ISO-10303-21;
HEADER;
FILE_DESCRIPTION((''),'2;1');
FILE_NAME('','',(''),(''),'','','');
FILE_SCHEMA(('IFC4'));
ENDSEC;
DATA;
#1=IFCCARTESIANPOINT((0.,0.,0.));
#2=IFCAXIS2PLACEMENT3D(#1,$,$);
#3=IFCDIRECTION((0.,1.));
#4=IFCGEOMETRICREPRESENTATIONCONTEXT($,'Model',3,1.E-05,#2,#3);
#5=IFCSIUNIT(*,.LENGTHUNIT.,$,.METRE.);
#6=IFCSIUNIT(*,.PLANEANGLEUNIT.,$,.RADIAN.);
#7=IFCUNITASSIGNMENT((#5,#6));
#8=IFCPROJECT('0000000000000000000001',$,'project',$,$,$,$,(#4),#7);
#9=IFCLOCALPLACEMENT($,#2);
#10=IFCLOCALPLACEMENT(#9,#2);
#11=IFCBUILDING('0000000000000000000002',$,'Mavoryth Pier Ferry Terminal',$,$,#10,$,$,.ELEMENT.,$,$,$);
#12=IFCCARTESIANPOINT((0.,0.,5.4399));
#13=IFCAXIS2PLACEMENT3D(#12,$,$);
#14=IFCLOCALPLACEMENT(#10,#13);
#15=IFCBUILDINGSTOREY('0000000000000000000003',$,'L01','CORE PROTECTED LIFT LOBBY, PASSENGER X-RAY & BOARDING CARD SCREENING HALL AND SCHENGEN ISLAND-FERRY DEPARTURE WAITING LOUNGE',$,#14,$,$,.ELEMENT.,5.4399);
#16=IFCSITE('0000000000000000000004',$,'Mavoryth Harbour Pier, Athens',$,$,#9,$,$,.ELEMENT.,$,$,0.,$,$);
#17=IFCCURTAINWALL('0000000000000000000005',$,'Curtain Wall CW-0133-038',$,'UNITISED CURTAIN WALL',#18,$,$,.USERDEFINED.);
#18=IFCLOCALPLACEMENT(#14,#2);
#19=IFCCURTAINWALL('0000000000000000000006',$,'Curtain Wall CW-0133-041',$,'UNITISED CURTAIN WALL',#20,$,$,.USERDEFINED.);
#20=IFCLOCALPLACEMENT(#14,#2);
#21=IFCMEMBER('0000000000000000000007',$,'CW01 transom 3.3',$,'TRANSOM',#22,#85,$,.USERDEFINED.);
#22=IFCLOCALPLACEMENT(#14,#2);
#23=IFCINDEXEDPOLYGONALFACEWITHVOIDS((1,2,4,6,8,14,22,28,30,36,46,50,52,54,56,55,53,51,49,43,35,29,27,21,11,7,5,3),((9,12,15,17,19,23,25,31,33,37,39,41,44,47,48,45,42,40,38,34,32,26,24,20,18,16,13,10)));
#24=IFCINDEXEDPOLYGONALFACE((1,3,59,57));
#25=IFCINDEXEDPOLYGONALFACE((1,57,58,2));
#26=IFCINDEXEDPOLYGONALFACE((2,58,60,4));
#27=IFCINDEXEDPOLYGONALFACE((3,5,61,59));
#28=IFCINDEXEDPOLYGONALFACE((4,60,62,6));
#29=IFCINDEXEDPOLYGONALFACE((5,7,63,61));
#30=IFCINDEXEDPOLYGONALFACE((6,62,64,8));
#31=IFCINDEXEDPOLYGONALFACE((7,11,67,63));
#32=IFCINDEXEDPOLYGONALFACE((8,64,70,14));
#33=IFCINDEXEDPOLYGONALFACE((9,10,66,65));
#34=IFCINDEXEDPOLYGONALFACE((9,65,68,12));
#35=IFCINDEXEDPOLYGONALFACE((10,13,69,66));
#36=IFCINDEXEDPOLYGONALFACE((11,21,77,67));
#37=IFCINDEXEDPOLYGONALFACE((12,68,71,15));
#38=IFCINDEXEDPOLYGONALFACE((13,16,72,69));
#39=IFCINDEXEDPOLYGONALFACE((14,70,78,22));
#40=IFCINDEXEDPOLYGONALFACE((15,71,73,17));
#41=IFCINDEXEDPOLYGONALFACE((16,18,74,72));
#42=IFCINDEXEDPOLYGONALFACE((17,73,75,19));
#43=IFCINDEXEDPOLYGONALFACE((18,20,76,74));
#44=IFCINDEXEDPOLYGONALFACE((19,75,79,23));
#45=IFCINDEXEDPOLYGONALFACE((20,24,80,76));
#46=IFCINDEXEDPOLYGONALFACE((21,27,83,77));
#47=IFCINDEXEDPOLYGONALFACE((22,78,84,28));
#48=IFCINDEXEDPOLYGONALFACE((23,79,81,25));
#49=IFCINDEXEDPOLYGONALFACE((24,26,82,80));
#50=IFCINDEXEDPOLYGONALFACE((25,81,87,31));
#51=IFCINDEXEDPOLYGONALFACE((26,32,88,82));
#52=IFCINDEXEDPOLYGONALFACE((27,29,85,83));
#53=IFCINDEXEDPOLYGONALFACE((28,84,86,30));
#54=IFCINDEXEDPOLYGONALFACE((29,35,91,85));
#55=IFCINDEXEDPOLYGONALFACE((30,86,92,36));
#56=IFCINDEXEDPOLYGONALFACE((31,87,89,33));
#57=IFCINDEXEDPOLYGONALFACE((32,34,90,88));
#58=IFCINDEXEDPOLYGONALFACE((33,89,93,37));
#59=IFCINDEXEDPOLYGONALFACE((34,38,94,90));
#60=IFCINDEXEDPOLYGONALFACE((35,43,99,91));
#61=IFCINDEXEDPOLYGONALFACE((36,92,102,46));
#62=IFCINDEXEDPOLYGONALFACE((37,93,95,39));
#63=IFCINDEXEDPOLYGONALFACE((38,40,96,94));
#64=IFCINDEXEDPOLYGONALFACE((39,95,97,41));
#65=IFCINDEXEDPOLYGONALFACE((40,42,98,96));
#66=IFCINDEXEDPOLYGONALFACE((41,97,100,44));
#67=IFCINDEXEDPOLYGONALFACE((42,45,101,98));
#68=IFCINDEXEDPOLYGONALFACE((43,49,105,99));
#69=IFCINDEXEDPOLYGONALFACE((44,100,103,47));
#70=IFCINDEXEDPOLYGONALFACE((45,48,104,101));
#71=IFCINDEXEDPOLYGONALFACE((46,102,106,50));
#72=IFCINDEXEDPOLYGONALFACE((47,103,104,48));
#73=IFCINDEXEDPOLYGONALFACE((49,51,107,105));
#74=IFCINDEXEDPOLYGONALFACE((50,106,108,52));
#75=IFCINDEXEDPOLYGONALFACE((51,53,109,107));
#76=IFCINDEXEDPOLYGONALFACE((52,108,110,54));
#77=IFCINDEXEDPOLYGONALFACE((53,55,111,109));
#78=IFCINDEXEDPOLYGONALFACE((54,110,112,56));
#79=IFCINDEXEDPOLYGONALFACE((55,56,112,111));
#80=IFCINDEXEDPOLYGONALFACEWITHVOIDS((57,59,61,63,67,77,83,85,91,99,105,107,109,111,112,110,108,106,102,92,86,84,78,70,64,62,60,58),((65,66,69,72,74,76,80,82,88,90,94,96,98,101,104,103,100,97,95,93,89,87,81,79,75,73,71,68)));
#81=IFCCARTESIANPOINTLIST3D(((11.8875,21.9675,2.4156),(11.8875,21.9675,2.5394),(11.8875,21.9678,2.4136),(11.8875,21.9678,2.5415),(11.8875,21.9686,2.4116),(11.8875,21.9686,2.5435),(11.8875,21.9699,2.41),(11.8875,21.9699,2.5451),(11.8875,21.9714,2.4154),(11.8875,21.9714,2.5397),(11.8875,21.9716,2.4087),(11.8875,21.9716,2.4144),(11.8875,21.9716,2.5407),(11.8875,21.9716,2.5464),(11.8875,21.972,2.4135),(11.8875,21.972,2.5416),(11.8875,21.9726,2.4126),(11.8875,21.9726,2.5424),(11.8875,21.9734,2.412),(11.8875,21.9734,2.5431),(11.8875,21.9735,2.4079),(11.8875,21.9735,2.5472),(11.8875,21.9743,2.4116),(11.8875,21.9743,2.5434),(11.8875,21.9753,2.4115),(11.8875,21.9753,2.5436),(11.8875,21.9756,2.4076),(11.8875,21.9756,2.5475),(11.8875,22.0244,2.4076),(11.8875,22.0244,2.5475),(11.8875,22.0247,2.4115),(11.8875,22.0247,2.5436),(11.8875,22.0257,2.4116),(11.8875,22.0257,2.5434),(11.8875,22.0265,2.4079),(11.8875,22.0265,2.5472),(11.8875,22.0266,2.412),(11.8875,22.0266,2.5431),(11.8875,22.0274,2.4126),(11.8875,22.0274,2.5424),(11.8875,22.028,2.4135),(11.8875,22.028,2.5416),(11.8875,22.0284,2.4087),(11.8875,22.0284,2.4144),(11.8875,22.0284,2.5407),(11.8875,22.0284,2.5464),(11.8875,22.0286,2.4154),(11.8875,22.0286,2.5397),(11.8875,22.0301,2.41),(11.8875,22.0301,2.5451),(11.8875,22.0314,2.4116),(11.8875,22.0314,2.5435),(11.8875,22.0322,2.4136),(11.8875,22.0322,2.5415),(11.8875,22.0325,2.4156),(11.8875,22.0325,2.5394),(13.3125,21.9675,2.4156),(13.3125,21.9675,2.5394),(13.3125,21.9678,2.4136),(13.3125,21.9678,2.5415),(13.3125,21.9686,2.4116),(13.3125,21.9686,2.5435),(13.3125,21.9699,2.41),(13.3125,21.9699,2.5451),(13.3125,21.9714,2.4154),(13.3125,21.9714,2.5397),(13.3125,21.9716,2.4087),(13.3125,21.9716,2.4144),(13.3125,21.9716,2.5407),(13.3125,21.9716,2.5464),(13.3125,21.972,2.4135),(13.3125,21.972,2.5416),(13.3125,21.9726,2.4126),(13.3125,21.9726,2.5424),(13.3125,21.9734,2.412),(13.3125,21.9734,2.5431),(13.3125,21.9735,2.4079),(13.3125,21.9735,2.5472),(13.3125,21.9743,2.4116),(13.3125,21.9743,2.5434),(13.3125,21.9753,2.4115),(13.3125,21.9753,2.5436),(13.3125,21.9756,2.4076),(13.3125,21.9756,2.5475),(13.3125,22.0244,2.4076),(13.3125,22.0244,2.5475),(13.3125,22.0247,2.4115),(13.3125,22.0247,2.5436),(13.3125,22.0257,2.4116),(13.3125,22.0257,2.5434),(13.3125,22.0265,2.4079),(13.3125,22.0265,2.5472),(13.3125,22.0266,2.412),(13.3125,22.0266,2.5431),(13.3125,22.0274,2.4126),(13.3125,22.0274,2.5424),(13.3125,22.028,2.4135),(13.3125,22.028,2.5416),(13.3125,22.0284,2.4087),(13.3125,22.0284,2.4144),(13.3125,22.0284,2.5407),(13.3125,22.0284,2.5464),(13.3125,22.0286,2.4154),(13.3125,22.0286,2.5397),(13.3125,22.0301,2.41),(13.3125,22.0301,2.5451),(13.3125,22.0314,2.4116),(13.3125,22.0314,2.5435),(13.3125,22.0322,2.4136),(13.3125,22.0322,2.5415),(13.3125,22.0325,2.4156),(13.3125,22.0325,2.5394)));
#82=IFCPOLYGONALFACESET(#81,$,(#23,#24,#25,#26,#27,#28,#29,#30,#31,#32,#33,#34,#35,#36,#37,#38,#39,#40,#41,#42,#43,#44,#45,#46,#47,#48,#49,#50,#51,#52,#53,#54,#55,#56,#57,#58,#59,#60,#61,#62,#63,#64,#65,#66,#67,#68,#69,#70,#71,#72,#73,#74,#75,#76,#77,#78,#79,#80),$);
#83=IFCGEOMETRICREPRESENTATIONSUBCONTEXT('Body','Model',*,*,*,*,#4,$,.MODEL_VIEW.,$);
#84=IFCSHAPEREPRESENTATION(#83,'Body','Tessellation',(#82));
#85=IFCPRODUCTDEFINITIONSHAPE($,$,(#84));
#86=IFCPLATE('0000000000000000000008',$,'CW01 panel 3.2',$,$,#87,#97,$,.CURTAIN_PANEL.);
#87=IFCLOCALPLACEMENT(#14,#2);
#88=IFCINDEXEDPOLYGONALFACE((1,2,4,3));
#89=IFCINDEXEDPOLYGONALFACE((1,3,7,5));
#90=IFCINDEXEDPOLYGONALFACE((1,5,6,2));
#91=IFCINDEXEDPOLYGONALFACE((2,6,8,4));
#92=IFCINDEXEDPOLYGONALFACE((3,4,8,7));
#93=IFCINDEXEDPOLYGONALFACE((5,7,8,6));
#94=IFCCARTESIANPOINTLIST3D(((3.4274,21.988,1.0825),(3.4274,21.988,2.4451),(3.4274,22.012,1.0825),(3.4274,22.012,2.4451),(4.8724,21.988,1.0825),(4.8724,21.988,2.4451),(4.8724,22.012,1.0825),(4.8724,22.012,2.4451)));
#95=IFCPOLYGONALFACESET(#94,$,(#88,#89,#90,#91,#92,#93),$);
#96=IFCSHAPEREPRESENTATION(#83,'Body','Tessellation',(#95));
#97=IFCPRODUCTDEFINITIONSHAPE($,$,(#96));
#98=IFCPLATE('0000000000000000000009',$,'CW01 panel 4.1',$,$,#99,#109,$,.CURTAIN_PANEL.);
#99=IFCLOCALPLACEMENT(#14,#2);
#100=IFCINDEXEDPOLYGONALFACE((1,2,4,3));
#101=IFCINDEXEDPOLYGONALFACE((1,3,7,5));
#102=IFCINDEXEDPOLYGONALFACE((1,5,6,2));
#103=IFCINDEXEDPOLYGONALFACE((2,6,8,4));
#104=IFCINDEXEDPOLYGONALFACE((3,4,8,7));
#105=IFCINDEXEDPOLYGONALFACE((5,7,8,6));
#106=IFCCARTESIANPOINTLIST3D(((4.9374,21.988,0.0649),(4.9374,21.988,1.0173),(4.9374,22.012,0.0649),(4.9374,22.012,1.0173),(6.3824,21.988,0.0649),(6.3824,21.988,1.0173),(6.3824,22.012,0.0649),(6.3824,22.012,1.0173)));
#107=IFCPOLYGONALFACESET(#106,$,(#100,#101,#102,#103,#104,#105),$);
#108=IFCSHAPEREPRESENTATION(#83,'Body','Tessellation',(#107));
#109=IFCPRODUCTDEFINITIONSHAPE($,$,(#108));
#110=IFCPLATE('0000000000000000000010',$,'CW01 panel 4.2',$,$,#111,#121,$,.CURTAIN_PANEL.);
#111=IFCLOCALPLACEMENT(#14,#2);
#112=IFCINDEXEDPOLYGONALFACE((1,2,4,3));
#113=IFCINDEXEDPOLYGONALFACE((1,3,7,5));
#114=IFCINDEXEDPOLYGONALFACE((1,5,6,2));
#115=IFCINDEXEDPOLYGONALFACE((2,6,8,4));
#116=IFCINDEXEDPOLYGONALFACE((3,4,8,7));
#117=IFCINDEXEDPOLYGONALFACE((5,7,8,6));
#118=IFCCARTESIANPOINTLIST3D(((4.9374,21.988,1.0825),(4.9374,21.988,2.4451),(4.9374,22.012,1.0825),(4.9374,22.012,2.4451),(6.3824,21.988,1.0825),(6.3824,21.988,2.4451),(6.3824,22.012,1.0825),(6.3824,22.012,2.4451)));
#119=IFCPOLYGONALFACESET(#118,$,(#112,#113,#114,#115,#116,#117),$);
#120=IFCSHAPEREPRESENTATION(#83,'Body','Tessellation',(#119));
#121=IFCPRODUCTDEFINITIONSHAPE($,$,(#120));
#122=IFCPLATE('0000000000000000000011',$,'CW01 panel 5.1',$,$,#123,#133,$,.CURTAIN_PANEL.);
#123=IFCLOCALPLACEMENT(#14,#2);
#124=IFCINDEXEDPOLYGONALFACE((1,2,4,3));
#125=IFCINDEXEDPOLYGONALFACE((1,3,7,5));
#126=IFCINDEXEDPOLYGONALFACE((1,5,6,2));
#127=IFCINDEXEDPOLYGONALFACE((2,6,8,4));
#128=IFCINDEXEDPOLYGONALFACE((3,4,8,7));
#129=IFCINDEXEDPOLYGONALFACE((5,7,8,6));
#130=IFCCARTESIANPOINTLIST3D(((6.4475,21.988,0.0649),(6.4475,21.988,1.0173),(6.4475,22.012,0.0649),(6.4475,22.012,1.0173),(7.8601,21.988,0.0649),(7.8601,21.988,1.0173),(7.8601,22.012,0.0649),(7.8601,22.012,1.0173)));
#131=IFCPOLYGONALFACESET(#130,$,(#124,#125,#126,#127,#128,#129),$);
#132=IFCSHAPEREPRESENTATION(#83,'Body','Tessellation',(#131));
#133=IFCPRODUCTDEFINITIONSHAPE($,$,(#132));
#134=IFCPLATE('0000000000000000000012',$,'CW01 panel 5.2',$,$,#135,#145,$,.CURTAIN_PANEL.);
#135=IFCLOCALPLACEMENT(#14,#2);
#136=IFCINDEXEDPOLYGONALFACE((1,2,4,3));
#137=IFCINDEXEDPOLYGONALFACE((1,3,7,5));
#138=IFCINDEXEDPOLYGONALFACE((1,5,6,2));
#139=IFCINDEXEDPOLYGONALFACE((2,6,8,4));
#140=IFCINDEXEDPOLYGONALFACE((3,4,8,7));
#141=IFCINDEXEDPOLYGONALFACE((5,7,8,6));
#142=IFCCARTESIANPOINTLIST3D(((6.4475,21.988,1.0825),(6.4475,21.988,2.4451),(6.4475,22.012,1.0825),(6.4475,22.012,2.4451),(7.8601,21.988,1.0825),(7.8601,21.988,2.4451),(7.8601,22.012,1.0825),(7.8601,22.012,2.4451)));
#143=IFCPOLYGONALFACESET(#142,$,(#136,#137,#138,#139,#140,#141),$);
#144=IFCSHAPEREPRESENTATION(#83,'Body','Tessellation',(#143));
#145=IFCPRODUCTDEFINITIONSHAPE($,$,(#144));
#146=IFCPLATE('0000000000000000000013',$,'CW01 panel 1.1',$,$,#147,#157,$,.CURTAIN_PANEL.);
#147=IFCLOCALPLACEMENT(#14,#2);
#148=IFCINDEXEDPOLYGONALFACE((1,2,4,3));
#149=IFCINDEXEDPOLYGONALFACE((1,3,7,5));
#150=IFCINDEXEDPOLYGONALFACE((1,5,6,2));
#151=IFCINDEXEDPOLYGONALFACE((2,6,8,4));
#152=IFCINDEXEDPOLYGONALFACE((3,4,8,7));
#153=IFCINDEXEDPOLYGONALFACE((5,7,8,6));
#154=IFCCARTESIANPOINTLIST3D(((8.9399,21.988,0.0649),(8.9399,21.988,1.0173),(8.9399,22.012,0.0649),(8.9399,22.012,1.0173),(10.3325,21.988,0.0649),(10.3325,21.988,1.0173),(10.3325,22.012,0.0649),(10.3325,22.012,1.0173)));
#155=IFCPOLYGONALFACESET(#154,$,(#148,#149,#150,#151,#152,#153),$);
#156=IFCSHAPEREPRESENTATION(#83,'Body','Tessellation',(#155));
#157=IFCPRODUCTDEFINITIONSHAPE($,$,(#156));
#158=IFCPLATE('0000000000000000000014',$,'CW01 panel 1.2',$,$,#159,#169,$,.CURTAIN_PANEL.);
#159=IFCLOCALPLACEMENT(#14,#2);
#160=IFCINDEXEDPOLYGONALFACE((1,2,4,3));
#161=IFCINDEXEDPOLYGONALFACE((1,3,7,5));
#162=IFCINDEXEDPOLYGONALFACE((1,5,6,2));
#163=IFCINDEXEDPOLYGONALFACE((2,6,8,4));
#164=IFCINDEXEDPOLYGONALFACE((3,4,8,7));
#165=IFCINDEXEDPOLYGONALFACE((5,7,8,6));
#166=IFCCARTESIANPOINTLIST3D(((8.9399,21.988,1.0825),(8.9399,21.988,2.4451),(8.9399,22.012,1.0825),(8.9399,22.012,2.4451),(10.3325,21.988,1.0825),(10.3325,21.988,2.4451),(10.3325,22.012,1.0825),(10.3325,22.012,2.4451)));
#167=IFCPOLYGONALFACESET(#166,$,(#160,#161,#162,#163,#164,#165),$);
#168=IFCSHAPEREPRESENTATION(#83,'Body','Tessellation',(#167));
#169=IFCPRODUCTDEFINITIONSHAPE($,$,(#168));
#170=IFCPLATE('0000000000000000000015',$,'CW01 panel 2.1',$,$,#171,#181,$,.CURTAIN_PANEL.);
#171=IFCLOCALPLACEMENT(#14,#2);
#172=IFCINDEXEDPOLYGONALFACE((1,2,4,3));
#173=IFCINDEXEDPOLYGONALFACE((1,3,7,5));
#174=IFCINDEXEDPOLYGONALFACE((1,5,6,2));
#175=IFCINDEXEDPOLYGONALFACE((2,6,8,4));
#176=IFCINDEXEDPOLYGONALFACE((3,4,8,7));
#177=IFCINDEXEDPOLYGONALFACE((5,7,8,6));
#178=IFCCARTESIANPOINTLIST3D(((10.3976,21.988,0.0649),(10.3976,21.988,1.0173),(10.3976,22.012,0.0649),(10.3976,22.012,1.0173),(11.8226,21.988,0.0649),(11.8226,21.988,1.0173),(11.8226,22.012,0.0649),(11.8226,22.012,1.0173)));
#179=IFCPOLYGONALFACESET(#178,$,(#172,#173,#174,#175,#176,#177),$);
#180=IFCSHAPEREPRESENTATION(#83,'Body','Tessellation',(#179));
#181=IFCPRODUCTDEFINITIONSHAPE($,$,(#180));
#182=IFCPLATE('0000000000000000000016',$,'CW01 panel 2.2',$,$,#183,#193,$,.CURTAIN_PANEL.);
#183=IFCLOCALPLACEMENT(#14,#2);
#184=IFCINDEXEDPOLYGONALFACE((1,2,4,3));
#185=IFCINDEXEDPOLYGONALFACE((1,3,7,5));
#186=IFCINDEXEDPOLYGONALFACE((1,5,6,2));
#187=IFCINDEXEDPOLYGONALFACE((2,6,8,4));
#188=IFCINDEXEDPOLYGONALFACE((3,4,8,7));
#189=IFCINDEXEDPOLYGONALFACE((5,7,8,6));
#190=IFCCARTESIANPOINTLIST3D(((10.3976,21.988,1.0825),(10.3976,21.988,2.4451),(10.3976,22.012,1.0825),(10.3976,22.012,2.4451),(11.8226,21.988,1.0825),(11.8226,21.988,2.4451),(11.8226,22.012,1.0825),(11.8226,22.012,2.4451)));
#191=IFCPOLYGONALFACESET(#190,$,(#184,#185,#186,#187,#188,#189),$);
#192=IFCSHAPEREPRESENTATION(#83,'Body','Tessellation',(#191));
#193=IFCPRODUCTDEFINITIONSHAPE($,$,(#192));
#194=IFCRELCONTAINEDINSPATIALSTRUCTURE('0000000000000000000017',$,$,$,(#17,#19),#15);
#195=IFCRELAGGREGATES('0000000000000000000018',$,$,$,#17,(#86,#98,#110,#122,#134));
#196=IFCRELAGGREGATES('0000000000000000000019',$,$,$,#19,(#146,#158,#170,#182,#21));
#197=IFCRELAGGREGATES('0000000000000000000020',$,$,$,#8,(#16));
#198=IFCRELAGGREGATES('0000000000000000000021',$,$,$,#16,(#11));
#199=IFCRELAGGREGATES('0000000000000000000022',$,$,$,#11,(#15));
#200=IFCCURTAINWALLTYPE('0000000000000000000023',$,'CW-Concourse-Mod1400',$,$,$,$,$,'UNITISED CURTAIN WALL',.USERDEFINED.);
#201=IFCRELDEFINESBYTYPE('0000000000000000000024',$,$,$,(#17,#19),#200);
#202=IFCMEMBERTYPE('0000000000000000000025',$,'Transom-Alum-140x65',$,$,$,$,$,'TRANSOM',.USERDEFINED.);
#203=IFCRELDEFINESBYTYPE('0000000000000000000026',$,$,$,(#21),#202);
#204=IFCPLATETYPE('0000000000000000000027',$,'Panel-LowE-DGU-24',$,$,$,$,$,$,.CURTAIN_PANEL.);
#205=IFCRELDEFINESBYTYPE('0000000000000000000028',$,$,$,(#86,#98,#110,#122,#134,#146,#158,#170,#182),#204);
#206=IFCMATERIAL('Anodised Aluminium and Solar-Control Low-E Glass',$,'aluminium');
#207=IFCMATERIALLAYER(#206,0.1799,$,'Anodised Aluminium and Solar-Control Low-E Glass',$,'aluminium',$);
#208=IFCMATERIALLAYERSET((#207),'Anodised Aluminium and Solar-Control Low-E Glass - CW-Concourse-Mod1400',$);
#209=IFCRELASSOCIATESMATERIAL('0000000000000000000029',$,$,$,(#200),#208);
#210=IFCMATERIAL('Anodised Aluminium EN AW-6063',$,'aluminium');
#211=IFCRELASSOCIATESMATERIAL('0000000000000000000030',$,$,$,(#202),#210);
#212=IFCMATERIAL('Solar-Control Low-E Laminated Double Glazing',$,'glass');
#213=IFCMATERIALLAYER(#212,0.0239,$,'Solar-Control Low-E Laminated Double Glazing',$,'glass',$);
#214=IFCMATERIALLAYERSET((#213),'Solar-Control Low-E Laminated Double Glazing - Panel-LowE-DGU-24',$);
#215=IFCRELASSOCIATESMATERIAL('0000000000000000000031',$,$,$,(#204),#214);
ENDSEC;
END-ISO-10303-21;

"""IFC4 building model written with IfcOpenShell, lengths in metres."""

from ifc_helpers import new_model, si_unit, direction, frame, origin, origin_2d, place, context, subcontext, project, spatial, rectangle, hollow_rectangle, extrude, material, layer, layer_set, material_profile, profile_set, type_object, element, aggregate, save


model = new_model("IFC4")

# Units and contexts
model_context = context("Model", 3, precision=1e-05, world=origin(), true_north=direction((0.0, 1.0)))
body_context = subcontext(model_context, "Body", "Model", "MODEL_VIEW")
ifc_project = project(units=[si_unit("LENGTHUNIT", "METRE"), si_unit("PLANEANGLEUNIT", "RADIAN")], contexts=[model_context])

# Site, building, storey
site_placement = place(None, origin())
site = spatial("IfcSite", under=ifc_project, at=site_placement, Name="Mavoryth Harbour Pier, Athens", CompositionType="ELEMENT", RefElevation=0.0)
building_placement = place(site_placement, origin())
building = spatial("IfcBuilding", under=site, at=building_placement, Name="Mavoryth Pier Ferry Terminal", CompositionType="ELEMENT")
storey_placement = place(building_placement, frame((0.0, 0.0, 5.4399)))
storey = spatial("IfcBuildingStorey", under=building, at=storey_placement, Name="L01", Description="CORE PROTECTED LIFT LOBBY, PASSENGER X-RAY & BOARDING CARD SCREENING HALL AND SCHENGEN ISLAND-FERRY DEPARTURE WAITING LOUNGE", CompositionType="ELEMENT", Elevation=5.4399)

# Curtain walls
ifc_material_1 = material(Name="Anodised Aluminium and Solar-Control Low-E Glass", Category="aluminium")
ifc_layer_1 = layer(ifc_material_1, 0.1799, Name="Anodised Aluminium and Solar-Control Low-E Glass", Category="aluminium")
ifc_layer_set_1 = layer_set([ifc_layer_1], Name="Anodised Aluminium and Solar-Control Low-E Glass - CW-Concourse-Mod1400")
curtain_wall_type = type_object("IfcCurtainWallType", Name="CW-Concourse-Mod1400", ElementType="UNITISED CURTAIN WALL", PredefinedType="USERDEFINED", material=ifc_layer_set_1)
curtain_wall_1_placement = place(storey_placement, origin())
curtain_wall_1 = element("IfcCurtainWall", 1, at=curtain_wall_1_placement, inside=storey, type_object=curtain_wall_type, Name="Curtain Wall CW-0133-038", ObjectType="UNITISED CURTAIN WALL", PredefinedType="USERDEFINED")
ifc_material_2 = material(Name="Anodised Aluminium EN AW-6063", Category="aluminium")
curtain_wall_2_placement = place(storey_placement, origin())
curtain_wall_2 = element("IfcCurtainWall", 2, at=curtain_wall_2_placement, inside=storey, type_object=curtain_wall_type, Name="Curtain Wall CW-0133-041", ObjectType="UNITISED CURTAIN WALL", PredefinedType="USERDEFINED")

# Member
ifc_material_profile_1 = material_profile(ifc_material_2, hollow_rectangle(XDim=0.0649, YDim=0.1399, WallThickness=0.0039, InnerFilletRadius=0.0039, OuterFilletRadius=0.0081, at=origin_2d()), Name="AL-TRAN 140x65x4", Category="aluminium")
ifc_profile_set_1 = profile_set([ifc_material_profile_1], Name="Anodised Aluminium EN AW-6063 - AL-TRAN 140x65x4")
member_type_1 = type_object("IfcMemberType", Name="Transom-Alum-140x65", ElementType="TRANSOM", PredefinedType="USERDEFINED", material=ifc_profile_set_1)
member_1_placement = place(storey_placement, frame((11.8875, 22.0, 2.4775), z_axis=(1.0, 0.0, 0.0), x_axis=(0.0, 1.0, 0.0)))
member_1 = element("IfcMember", 3, at=member_1_placement, type_object=member_type_1, Name="CW01 transom 3.3", ObjectType="TRANSOM", PredefinedType="USERDEFINED", context=body_context, shape_type="SweptSolid", body=[
    extrude(hollow_rectangle(XDim=0.0649, YDim=0.1399, WallThickness=0.0039, InnerFilletRadius=0.0039, OuterFilletRadius=0.0081, at=origin_2d()), origin(), (0.0, 0.0, 1.0), 1.425),
])

# Plates
ifc_material_3 = material(Name="Solar-Control Low-E Laminated Double Glazing", Category="glass")
ifc_layer_2 = layer(ifc_material_3, 0.0239, Name="Solar-Control Low-E Laminated Double Glazing", Category="glass")
ifc_layer_set_2 = layer_set([ifc_layer_2], Name="Solar-Control Low-E Laminated Double Glazing - Panel-LowE-DGU-24")
plate_type_1 = type_object("IfcPlateType", Name="Panel-LowE-DGU-24", PredefinedType="CURTAIN_PANEL", material=ifc_layer_set_2)
plate_1_placement = place(storey_placement, frame((4.1499, 22.0, 1.0825), z_axis=(0.0, 0.0, 1.0), x_axis=(1.0, 0.0, 0.0)))
plate_1 = element("IfcPlate", 4, at=plate_1_placement, type_object=plate_type_1, Name="CW01 panel 3.2", PredefinedType="CURTAIN_PANEL", context=body_context, shape_type="SweptSolid", body=[
    extrude(rectangle(XDim=1.4451, YDim=0.0239, at=origin_2d()), origin(), (0.0, 0.0, 1.0), 1.3625),
])
plate_2_placement = place(storey_placement, frame((5.6599, 22.0, 0.0649), z_axis=(0.0, 0.0, 1.0), x_axis=(1.0, 0.0, 0.0)))
plate_2 = element("IfcPlate", 5, at=plate_2_placement, type_object=plate_type_1, Name="CW01 panel 4.1", PredefinedType="CURTAIN_PANEL", context=body_context, shape_type="SweptSolid", body=[
    extrude(rectangle(XDim=1.4451, YDim=0.0239, at=origin_2d()), origin(), (0.0, 0.0, 1.0), 0.9524),
])
plate_3_placement = place(storey_placement, frame((5.6599, 22.0, 1.0825), z_axis=(0.0, 0.0, 1.0), x_axis=(1.0, 0.0, 0.0)))
plate_3 = element("IfcPlate", 6, at=plate_3_placement, type_object=plate_type_1, Name="CW01 panel 4.2", PredefinedType="CURTAIN_PANEL", context=body_context, shape_type="SweptSolid", body=[
    extrude(rectangle(XDim=1.4451, YDim=0.0239, at=origin_2d()), origin(), (0.0, 0.0, 1.0), 1.3625),
])
plate_4_placement = place(storey_placement, frame((7.1538, 22.0, 0.0649), z_axis=(0.0, 0.0, 1.0), x_axis=(1.0, 0.0, 0.0)))
plate_4 = element("IfcPlate", 7, at=plate_4_placement, type_object=plate_type_1, Name="CW01 panel 5.1", PredefinedType="CURTAIN_PANEL", context=body_context, shape_type="SweptSolid", body=[
    extrude(rectangle(XDim=1.4126, YDim=0.0239, at=origin_2d()), origin(), (0.0, 0.0, 1.0), 0.9524),
])
plate_5_placement = place(storey_placement, frame((7.1538, 22.0, 1.0825), z_axis=(0.0, 0.0, 1.0), x_axis=(1.0, 0.0, 0.0)))
plate_5 = element("IfcPlate", 8, at=plate_5_placement, type_object=plate_type_1, Name="CW01 panel 5.2", PredefinedType="CURTAIN_PANEL", context=body_context, shape_type="SweptSolid", body=[
    extrude(rectangle(XDim=1.4126, YDim=0.0239, at=origin_2d()), origin(), (0.0, 0.0, 1.0), 1.3625),
])
aggregate(curtain_wall_1, [plate_1, plate_2, plate_3, plate_4, plate_5])
plate_6_placement = place(storey_placement, frame((9.6362, 22.0, 0.0649), z_axis=(0.0, 0.0, 1.0), x_axis=(1.0, 0.0, 0.0)))
plate_6 = element("IfcPlate", 9, at=plate_6_placement, type_object=plate_type_1, Name="CW01 panel 1.1", PredefinedType="CURTAIN_PANEL", context=body_context, shape_type="SweptSolid", body=[
    extrude(rectangle(XDim=1.3926, YDim=0.0239, at=origin_2d()), origin(), (0.0, 0.0, 1.0), 0.9524),
])
plate_7_placement = place(storey_placement, frame((9.6362, 22.0, 1.0825), z_axis=(0.0, 0.0, 1.0), x_axis=(1.0, 0.0, 0.0)))
plate_7 = element("IfcPlate", 10, at=plate_7_placement, type_object=plate_type_1, Name="CW01 panel 1.2", PredefinedType="CURTAIN_PANEL", context=body_context, shape_type="SweptSolid", body=[
    extrude(rectangle(XDim=1.3926, YDim=0.0239, at=origin_2d()), origin(), (0.0, 0.0, 1.0), 1.3625),
])
plate_8_placement = place(storey_placement, frame((11.1101, 22.0, 0.0649), z_axis=(0.0, 0.0, 1.0), x_axis=(1.0, 0.0, 0.0)))
plate_8 = element("IfcPlate", 11, at=plate_8_placement, type_object=plate_type_1, Name="CW01 panel 2.1", PredefinedType="CURTAIN_PANEL", context=body_context, shape_type="SweptSolid", body=[
    extrude(rectangle(XDim=1.425, YDim=0.0239, at=origin_2d()), origin(), (0.0, 0.0, 1.0), 0.9524),
])
plate_9_placement = place(storey_placement, frame((11.1101, 22.0, 1.0825), z_axis=(0.0, 0.0, 1.0), x_axis=(1.0, 0.0, 0.0)))
plate_9 = element("IfcPlate", 12, at=plate_9_placement, type_object=plate_type_1, Name="CW01 panel 2.2", PredefinedType="CURTAIN_PANEL", context=body_context, shape_type="SweptSolid", body=[
    extrude(rectangle(XDim=1.425, YDim=0.0239, at=origin_2d()), origin(), (0.0, 0.0, 1.0), 1.3625),
])
aggregate(curtain_wall_2, [plate_6, plate_7, plate_8, plate_9, member_1])

save(model, "model.ifc")
